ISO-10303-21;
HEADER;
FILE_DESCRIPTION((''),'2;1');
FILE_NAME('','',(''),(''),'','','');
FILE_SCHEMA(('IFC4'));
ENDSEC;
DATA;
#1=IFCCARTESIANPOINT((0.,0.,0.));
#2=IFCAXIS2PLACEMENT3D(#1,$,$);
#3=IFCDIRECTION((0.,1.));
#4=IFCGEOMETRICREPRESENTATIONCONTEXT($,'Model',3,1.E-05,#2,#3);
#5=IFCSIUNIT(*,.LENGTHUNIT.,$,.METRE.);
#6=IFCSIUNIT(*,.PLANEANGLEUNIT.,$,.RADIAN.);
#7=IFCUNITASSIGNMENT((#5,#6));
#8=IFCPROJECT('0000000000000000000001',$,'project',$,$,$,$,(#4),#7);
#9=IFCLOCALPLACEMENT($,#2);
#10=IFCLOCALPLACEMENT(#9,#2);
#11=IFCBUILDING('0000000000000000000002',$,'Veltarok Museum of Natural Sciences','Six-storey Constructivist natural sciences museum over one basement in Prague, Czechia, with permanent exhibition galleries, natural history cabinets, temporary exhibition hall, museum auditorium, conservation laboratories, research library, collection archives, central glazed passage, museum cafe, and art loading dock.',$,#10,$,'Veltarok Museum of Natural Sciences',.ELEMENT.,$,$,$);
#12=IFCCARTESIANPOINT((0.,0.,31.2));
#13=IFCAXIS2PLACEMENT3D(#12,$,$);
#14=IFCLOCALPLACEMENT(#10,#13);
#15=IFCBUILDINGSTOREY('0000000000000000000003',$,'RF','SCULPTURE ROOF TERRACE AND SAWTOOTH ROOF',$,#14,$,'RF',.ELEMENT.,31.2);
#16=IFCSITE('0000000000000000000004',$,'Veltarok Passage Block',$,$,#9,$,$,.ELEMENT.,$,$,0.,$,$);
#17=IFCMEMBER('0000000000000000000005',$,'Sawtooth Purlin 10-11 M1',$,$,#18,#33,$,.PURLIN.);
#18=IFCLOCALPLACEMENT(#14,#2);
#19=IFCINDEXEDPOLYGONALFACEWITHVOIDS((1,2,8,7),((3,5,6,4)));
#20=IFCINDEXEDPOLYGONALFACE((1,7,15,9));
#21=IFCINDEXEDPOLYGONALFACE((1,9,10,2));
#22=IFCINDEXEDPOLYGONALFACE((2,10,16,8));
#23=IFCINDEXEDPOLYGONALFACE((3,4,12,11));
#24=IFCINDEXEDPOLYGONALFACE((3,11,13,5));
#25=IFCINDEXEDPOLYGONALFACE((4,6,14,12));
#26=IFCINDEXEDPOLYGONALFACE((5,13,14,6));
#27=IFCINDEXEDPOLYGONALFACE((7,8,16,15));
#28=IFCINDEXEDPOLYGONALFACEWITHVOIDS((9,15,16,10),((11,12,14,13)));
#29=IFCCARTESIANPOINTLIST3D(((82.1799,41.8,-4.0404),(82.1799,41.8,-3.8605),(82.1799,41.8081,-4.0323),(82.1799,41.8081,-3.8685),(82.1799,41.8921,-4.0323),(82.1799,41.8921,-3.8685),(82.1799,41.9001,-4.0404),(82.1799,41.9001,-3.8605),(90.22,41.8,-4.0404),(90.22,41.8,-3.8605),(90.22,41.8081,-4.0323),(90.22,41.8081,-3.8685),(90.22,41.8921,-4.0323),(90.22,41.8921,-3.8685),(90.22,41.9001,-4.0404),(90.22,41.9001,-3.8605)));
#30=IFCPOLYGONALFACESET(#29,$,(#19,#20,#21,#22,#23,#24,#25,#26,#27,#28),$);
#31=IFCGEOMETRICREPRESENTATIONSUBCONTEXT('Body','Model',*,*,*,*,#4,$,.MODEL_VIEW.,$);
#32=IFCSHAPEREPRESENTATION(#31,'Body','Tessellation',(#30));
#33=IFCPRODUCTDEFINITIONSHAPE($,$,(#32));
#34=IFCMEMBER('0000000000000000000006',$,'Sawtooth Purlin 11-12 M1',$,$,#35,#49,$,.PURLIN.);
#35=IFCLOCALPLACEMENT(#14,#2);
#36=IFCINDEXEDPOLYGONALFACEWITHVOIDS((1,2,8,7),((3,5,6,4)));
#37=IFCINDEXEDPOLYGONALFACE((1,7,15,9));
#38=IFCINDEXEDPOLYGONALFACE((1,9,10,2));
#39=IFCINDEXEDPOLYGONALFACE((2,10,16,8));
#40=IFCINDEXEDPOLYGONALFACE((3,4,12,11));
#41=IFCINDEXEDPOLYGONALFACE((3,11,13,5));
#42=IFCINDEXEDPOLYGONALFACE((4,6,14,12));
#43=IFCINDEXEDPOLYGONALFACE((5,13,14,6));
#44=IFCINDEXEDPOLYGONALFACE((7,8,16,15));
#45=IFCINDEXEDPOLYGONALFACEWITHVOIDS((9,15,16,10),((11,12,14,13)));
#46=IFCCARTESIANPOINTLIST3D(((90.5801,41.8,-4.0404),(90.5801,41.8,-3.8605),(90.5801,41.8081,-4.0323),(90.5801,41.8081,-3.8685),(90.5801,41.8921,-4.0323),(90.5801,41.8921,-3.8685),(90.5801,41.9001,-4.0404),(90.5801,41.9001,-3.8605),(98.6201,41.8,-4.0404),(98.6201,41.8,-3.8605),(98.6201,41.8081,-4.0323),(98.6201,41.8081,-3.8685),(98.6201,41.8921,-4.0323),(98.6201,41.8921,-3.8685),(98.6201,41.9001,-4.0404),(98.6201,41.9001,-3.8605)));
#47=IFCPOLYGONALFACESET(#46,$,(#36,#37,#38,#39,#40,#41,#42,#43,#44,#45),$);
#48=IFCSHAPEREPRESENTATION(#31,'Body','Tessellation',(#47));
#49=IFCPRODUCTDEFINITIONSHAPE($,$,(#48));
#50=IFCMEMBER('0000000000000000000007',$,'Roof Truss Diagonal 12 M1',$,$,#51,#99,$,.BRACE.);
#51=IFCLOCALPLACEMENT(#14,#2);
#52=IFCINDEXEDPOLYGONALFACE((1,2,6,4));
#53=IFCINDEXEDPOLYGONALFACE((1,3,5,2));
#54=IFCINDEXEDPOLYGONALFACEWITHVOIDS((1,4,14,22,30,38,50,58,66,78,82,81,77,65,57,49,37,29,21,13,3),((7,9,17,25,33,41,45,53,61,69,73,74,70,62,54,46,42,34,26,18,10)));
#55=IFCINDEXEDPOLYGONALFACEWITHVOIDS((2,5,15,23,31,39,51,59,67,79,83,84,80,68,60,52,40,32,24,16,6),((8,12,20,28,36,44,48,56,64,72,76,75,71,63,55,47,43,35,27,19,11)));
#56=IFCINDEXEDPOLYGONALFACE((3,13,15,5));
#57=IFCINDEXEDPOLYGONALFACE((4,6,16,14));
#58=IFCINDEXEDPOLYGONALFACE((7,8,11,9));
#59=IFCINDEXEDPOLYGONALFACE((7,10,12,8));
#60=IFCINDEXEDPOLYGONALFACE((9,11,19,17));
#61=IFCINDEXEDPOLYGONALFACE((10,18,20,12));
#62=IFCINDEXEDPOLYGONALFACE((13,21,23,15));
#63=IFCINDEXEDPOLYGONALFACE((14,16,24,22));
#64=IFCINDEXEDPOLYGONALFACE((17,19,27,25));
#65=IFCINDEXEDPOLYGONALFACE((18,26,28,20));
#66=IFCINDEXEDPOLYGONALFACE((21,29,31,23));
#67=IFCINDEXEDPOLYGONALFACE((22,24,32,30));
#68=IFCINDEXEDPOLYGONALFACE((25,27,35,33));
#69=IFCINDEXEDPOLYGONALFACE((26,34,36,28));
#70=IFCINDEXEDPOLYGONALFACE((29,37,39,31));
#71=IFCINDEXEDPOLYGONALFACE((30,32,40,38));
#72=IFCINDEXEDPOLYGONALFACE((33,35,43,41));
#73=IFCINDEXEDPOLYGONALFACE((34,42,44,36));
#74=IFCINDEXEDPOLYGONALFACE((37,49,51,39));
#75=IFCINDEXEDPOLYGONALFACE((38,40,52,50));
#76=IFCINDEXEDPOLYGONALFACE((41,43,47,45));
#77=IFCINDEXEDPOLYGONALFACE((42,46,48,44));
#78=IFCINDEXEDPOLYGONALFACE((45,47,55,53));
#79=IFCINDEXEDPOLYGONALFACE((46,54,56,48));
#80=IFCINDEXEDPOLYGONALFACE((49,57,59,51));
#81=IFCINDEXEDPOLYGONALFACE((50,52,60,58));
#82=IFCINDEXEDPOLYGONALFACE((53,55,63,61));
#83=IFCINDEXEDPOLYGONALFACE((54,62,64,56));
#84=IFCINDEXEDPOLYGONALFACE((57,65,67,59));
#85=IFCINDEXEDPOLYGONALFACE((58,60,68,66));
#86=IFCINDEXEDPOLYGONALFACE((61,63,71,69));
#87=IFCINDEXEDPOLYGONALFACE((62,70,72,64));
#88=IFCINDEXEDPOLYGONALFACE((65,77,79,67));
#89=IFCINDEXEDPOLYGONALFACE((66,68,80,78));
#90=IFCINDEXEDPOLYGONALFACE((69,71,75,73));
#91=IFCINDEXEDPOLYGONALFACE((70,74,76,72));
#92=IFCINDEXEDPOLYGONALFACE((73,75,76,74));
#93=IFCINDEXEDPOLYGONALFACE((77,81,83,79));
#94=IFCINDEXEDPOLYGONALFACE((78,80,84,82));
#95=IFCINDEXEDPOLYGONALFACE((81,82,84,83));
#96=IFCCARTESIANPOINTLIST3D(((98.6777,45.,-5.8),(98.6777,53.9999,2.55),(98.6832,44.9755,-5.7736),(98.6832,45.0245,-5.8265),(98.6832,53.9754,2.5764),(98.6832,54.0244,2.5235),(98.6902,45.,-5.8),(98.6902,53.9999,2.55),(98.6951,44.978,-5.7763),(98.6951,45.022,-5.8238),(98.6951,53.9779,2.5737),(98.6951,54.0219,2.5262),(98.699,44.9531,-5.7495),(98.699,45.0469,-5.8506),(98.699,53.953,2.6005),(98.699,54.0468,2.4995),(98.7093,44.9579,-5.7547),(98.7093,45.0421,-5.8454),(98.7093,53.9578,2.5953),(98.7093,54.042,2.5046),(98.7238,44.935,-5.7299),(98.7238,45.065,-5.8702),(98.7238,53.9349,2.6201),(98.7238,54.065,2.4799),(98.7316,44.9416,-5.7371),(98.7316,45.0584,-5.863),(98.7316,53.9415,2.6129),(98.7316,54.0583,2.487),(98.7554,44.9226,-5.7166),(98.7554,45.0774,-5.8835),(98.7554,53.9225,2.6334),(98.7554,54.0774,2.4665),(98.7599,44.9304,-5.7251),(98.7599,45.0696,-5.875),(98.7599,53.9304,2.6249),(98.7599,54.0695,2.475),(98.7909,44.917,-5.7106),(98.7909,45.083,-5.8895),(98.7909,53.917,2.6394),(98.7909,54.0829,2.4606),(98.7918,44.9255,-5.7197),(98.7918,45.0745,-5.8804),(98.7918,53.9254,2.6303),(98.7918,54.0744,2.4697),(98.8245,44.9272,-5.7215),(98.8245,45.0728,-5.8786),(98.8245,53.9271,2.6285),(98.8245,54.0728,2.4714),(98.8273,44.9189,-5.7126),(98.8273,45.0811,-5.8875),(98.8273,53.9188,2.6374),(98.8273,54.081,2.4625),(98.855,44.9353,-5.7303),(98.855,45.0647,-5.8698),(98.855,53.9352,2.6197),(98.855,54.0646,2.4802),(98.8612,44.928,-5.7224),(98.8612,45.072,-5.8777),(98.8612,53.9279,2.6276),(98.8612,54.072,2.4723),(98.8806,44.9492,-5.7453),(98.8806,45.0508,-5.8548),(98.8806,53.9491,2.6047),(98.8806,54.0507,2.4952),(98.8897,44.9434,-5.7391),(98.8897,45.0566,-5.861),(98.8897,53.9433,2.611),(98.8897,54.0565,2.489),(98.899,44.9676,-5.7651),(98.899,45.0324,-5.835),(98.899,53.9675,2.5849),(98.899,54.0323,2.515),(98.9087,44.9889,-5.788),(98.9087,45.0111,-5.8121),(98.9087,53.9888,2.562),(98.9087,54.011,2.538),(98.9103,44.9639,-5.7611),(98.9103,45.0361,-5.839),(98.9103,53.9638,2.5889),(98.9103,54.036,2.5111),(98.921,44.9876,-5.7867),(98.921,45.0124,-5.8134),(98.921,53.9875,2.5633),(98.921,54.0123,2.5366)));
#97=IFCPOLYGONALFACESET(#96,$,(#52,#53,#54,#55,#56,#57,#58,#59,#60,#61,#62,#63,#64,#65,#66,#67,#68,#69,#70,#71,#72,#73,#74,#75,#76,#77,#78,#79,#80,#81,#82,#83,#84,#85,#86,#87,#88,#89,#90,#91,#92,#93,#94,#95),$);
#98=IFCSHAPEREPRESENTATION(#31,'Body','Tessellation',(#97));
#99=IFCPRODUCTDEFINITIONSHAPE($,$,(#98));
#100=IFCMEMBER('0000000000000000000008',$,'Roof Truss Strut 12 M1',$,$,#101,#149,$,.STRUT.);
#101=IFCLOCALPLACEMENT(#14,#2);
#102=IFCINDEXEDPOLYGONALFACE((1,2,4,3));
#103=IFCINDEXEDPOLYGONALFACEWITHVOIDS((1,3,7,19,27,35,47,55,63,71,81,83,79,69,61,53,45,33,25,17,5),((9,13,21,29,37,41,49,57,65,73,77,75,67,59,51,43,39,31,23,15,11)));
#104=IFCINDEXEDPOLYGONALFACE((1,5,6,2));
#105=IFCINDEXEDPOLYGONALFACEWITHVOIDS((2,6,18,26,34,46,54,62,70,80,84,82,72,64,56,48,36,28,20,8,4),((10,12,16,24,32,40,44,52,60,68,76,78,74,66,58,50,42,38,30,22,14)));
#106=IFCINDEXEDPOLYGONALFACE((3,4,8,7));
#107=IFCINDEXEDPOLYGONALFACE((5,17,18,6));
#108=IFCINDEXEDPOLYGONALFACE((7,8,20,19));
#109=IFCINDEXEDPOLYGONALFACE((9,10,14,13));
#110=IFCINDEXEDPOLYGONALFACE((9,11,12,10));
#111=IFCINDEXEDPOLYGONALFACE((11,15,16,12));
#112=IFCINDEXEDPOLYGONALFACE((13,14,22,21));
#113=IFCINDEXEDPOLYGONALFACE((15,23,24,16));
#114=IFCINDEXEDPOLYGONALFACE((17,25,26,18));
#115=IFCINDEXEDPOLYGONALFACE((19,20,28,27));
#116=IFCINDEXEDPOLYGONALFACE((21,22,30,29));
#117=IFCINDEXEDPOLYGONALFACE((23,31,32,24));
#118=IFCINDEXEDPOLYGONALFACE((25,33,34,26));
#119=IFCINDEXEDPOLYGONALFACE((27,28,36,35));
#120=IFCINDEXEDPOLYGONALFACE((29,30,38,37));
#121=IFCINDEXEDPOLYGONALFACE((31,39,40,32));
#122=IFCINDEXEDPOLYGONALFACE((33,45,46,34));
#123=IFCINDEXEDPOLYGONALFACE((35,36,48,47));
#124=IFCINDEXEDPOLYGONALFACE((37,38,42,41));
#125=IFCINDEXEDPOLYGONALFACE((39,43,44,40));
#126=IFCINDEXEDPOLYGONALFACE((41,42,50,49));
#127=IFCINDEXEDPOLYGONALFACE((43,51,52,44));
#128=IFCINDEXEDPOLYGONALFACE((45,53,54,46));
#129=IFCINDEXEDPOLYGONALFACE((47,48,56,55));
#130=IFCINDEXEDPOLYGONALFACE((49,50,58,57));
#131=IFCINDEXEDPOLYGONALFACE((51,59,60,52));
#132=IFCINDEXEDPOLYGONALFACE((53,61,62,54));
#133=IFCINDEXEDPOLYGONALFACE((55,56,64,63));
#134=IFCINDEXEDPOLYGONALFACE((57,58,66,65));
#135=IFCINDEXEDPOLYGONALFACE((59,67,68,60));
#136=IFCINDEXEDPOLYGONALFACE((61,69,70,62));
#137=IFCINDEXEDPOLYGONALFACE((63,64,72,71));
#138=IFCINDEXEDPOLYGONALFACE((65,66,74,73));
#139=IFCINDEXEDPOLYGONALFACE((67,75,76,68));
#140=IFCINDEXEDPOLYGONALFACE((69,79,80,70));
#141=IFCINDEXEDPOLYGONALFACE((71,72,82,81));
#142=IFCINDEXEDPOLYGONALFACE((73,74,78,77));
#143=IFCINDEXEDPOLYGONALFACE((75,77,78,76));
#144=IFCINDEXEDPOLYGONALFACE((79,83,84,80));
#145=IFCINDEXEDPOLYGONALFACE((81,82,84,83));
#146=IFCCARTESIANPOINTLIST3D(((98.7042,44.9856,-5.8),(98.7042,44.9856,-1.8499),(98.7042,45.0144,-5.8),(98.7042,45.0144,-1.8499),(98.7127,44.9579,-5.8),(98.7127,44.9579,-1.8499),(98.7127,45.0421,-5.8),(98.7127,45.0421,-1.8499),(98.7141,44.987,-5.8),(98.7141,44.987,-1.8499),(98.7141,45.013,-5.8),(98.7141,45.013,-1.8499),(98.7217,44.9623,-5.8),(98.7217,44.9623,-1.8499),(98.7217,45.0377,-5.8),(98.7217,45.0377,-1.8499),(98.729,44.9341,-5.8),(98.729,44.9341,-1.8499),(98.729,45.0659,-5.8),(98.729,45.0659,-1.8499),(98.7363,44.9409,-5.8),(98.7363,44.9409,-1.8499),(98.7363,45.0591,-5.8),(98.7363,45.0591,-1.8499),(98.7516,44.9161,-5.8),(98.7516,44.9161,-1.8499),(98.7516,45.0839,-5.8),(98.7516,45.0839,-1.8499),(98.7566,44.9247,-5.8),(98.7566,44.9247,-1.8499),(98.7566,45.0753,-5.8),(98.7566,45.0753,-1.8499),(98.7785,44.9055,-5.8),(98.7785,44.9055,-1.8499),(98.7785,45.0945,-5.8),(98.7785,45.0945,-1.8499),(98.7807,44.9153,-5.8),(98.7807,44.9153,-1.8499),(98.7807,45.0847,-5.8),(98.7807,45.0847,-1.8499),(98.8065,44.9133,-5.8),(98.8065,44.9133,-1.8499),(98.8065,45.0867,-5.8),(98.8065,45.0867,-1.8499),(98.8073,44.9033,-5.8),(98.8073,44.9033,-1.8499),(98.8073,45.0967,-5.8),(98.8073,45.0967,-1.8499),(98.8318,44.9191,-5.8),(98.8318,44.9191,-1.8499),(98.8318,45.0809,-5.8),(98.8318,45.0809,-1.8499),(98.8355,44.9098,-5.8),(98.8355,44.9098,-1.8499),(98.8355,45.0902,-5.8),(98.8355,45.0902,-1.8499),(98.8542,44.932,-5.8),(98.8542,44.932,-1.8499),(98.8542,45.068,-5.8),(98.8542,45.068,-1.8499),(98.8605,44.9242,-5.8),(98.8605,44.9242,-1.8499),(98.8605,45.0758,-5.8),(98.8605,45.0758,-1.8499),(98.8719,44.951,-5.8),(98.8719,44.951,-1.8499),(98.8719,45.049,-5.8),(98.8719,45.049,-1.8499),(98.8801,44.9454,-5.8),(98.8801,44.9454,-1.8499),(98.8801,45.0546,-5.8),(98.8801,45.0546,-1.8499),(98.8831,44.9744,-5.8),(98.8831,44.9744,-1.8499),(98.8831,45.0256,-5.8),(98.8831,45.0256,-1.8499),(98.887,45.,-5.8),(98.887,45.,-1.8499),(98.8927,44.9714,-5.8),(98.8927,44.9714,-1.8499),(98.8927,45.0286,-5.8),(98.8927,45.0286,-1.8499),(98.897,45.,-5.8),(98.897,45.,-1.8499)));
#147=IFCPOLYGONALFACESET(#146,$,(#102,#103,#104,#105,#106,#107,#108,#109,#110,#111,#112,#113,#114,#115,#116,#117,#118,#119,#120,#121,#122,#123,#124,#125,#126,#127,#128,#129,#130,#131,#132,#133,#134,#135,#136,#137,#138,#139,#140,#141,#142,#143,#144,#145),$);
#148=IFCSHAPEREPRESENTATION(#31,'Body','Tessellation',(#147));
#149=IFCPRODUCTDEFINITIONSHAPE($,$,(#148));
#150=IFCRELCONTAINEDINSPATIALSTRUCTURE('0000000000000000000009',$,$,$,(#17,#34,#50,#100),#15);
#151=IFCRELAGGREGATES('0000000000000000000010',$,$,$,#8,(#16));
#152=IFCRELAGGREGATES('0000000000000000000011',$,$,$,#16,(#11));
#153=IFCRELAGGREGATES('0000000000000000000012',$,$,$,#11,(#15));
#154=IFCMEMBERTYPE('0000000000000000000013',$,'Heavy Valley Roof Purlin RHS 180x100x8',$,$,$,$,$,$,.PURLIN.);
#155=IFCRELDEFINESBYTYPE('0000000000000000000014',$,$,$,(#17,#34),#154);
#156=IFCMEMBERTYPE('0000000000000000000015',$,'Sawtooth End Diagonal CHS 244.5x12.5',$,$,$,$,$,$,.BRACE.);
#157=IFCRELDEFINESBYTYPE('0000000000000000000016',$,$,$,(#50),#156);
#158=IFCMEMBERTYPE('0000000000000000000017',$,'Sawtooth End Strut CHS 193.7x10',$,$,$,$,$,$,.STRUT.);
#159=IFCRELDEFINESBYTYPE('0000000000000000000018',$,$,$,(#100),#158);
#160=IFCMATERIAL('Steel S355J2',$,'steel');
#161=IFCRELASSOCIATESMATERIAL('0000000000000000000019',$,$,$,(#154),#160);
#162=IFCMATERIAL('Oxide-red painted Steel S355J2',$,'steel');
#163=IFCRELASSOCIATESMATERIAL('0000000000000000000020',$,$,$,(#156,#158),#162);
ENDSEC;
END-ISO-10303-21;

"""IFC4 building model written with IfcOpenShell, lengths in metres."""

from ifc_helpers import new_model, si_unit, direction, frame, origin, origin_2d, place, context, subcontext, project, spatial, hollow_rectangle, hollow_circle, extrude, material, material_profile, profile_set, type_object, element, save


model = new_model("IFC4")

# Units and contexts
model_context = context("Model", 3, precision=1e-05, world=origin(), true_north=direction((0.0, 1.0)))
body_context = subcontext(model_context, "Body", "Model", "MODEL_VIEW")
ifc_project = project(units=[si_unit("LENGTHUNIT", "METRE"), si_unit("PLANEANGLEUNIT", "RADIAN")], contexts=[model_context])

# Site, building, storey
site_placement = place(None, origin())
site = spatial("IfcSite", under=ifc_project, at=site_placement, Name="Veltarok Passage Block", CompositionType="ELEMENT", RefElevation=0.0)
building_placement = place(site_placement, origin())
building = spatial("IfcBuilding", under=site, at=building_placement, Name="Veltarok Museum of Natural Sciences", Description="Six-storey Constructivist natural sciences museum over one basement in Prague, Czechia, with permanent exhibition galleries, natural history cabinets, temporary exhibition hall, museum auditorium, conservation laboratories, research library, collection archives, central glazed passage, museum cafe, and art loading dock.", LongName="Veltarok Museum of Natural Sciences", CompositionType="ELEMENT")
storey_placement = place(building_placement, frame((0.0, 0.0, 31.2)))
storey = spatial("IfcBuildingStorey", under=building, at=storey_placement, Name="RF", Description="SCULPTURE ROOF TERRACE AND SAWTOOTH ROOF", LongName="RF", CompositionType="ELEMENT", Elevation=31.2)

# Members
ifc_material_1 = material(Name="Steel S355J2", Category="steel")
ifc_material_profile_1 = material_profile(ifc_material_1, hollow_rectangle(XDim=0.1001, YDim=0.1799, WallThickness=0.0081, at=origin_2d()), Name="RHS 180x100x8")
ifc_profile_set_1 = profile_set([ifc_material_profile_1], Name="Steel S355J2")
member_type_1 = type_object("IfcMemberType", Name="Heavy Valley Roof Purlin RHS 180x100x8", PredefinedType="PURLIN", material=ifc_profile_set_1)
for number, where, z_axis, x_axis, name in (
    (1, (82.1799, 41.8501, -3.9504), (1.0, 0.0, 0.0), (0.0, 1.0, 0.0), "Sawtooth Purlin 10-11 M1"),
    (2, (90.5801, 41.8501, -3.9504), (1.0, 0.0, 0.0), (0.0, 1.0, 0.0), "Sawtooth Purlin 11-12 M1"),
):
    element("IfcMember", number, at=place(storey_placement, frame(where, z_axis=z_axis, x_axis=x_axis)), inside=storey, type_object=member_type_1, Name=name, PredefinedType="PURLIN", context=body_context, shape_type="SweptSolid", body=[
        extrude(hollow_rectangle(XDim=0.1001, YDim=0.1799, WallThickness=0.0081, at=origin_2d()), origin(), (0.0, 0.0, 1.0), 8.04),
    ])
ifc_material_2 = material(Name="Oxide-red painted Steel S355J2", Category="steel")
ifc_material_profile_2 = material_profile(ifc_material_2, hollow_circle(Radius=0.1223, WallThickness=0.0125, at=origin_2d()), Name="CHS 244.5x12.5")
ifc_profile_set_2 = profile_set([ifc_material_profile_2], Name="Oxide-red painted Steel S355J2")
member_type_2 = type_object("IfcMemberType", Name="Sawtooth End Diagonal CHS 244.5x12.5", PredefinedType="BRACE", material=ifc_profile_set_2)
member_1_placement = place(storey_placement, frame((98.8, 45.0, -5.8), z_axis=(0.0, 0.73308, 0.680143), x_axis=(-1.0, 0.0, 0.0)))
element("IfcMember", 3, at=member_1_placement, inside=storey, type_object=member_type_2, Name="Roof Truss Diagonal 12 M1", PredefinedType="BRACE", context=body_context, shape_type="SweptSolid", body=[
    extrude(hollow_circle(Radius=0.1223, WallThickness=0.0125, at=origin_2d()), origin(), (0.0, 0.0, 1.0), 12.2769),
])
ifc_material_profile_3 = material_profile(ifc_material_2, hollow_circle(Radius=0.0969, WallThickness=0.01, at=origin_2d()), Name="CHS 193.7x10")
ifc_profile_set_3 = profile_set([ifc_material_profile_3], Name="Oxide-red painted Steel S355J2")
member_type_3 = type_object("IfcMemberType", Name="Sawtooth End Strut CHS 193.7x10", PredefinedType="STRUT", material=ifc_profile_set_3)
member_2_placement = place(storey_placement, frame((98.8, 45.0, -5.8), z_axis=(0.0, 0.0, 1.0), x_axis=(1.0, 0.0, 0.0)))
element("IfcMember", 4, at=member_2_placement, inside=storey, type_object=member_type_3, Name="Roof Truss Strut 12 M1", PredefinedType="STRUT", context=body_context, shape_type="SweptSolid", body=[
    extrude(hollow_circle(Radius=0.0969, WallThickness=0.01, at=origin_2d()), origin(), (0.0, 0.0, 1.0), 3.9502),
])

save(model, "model.ifc")
